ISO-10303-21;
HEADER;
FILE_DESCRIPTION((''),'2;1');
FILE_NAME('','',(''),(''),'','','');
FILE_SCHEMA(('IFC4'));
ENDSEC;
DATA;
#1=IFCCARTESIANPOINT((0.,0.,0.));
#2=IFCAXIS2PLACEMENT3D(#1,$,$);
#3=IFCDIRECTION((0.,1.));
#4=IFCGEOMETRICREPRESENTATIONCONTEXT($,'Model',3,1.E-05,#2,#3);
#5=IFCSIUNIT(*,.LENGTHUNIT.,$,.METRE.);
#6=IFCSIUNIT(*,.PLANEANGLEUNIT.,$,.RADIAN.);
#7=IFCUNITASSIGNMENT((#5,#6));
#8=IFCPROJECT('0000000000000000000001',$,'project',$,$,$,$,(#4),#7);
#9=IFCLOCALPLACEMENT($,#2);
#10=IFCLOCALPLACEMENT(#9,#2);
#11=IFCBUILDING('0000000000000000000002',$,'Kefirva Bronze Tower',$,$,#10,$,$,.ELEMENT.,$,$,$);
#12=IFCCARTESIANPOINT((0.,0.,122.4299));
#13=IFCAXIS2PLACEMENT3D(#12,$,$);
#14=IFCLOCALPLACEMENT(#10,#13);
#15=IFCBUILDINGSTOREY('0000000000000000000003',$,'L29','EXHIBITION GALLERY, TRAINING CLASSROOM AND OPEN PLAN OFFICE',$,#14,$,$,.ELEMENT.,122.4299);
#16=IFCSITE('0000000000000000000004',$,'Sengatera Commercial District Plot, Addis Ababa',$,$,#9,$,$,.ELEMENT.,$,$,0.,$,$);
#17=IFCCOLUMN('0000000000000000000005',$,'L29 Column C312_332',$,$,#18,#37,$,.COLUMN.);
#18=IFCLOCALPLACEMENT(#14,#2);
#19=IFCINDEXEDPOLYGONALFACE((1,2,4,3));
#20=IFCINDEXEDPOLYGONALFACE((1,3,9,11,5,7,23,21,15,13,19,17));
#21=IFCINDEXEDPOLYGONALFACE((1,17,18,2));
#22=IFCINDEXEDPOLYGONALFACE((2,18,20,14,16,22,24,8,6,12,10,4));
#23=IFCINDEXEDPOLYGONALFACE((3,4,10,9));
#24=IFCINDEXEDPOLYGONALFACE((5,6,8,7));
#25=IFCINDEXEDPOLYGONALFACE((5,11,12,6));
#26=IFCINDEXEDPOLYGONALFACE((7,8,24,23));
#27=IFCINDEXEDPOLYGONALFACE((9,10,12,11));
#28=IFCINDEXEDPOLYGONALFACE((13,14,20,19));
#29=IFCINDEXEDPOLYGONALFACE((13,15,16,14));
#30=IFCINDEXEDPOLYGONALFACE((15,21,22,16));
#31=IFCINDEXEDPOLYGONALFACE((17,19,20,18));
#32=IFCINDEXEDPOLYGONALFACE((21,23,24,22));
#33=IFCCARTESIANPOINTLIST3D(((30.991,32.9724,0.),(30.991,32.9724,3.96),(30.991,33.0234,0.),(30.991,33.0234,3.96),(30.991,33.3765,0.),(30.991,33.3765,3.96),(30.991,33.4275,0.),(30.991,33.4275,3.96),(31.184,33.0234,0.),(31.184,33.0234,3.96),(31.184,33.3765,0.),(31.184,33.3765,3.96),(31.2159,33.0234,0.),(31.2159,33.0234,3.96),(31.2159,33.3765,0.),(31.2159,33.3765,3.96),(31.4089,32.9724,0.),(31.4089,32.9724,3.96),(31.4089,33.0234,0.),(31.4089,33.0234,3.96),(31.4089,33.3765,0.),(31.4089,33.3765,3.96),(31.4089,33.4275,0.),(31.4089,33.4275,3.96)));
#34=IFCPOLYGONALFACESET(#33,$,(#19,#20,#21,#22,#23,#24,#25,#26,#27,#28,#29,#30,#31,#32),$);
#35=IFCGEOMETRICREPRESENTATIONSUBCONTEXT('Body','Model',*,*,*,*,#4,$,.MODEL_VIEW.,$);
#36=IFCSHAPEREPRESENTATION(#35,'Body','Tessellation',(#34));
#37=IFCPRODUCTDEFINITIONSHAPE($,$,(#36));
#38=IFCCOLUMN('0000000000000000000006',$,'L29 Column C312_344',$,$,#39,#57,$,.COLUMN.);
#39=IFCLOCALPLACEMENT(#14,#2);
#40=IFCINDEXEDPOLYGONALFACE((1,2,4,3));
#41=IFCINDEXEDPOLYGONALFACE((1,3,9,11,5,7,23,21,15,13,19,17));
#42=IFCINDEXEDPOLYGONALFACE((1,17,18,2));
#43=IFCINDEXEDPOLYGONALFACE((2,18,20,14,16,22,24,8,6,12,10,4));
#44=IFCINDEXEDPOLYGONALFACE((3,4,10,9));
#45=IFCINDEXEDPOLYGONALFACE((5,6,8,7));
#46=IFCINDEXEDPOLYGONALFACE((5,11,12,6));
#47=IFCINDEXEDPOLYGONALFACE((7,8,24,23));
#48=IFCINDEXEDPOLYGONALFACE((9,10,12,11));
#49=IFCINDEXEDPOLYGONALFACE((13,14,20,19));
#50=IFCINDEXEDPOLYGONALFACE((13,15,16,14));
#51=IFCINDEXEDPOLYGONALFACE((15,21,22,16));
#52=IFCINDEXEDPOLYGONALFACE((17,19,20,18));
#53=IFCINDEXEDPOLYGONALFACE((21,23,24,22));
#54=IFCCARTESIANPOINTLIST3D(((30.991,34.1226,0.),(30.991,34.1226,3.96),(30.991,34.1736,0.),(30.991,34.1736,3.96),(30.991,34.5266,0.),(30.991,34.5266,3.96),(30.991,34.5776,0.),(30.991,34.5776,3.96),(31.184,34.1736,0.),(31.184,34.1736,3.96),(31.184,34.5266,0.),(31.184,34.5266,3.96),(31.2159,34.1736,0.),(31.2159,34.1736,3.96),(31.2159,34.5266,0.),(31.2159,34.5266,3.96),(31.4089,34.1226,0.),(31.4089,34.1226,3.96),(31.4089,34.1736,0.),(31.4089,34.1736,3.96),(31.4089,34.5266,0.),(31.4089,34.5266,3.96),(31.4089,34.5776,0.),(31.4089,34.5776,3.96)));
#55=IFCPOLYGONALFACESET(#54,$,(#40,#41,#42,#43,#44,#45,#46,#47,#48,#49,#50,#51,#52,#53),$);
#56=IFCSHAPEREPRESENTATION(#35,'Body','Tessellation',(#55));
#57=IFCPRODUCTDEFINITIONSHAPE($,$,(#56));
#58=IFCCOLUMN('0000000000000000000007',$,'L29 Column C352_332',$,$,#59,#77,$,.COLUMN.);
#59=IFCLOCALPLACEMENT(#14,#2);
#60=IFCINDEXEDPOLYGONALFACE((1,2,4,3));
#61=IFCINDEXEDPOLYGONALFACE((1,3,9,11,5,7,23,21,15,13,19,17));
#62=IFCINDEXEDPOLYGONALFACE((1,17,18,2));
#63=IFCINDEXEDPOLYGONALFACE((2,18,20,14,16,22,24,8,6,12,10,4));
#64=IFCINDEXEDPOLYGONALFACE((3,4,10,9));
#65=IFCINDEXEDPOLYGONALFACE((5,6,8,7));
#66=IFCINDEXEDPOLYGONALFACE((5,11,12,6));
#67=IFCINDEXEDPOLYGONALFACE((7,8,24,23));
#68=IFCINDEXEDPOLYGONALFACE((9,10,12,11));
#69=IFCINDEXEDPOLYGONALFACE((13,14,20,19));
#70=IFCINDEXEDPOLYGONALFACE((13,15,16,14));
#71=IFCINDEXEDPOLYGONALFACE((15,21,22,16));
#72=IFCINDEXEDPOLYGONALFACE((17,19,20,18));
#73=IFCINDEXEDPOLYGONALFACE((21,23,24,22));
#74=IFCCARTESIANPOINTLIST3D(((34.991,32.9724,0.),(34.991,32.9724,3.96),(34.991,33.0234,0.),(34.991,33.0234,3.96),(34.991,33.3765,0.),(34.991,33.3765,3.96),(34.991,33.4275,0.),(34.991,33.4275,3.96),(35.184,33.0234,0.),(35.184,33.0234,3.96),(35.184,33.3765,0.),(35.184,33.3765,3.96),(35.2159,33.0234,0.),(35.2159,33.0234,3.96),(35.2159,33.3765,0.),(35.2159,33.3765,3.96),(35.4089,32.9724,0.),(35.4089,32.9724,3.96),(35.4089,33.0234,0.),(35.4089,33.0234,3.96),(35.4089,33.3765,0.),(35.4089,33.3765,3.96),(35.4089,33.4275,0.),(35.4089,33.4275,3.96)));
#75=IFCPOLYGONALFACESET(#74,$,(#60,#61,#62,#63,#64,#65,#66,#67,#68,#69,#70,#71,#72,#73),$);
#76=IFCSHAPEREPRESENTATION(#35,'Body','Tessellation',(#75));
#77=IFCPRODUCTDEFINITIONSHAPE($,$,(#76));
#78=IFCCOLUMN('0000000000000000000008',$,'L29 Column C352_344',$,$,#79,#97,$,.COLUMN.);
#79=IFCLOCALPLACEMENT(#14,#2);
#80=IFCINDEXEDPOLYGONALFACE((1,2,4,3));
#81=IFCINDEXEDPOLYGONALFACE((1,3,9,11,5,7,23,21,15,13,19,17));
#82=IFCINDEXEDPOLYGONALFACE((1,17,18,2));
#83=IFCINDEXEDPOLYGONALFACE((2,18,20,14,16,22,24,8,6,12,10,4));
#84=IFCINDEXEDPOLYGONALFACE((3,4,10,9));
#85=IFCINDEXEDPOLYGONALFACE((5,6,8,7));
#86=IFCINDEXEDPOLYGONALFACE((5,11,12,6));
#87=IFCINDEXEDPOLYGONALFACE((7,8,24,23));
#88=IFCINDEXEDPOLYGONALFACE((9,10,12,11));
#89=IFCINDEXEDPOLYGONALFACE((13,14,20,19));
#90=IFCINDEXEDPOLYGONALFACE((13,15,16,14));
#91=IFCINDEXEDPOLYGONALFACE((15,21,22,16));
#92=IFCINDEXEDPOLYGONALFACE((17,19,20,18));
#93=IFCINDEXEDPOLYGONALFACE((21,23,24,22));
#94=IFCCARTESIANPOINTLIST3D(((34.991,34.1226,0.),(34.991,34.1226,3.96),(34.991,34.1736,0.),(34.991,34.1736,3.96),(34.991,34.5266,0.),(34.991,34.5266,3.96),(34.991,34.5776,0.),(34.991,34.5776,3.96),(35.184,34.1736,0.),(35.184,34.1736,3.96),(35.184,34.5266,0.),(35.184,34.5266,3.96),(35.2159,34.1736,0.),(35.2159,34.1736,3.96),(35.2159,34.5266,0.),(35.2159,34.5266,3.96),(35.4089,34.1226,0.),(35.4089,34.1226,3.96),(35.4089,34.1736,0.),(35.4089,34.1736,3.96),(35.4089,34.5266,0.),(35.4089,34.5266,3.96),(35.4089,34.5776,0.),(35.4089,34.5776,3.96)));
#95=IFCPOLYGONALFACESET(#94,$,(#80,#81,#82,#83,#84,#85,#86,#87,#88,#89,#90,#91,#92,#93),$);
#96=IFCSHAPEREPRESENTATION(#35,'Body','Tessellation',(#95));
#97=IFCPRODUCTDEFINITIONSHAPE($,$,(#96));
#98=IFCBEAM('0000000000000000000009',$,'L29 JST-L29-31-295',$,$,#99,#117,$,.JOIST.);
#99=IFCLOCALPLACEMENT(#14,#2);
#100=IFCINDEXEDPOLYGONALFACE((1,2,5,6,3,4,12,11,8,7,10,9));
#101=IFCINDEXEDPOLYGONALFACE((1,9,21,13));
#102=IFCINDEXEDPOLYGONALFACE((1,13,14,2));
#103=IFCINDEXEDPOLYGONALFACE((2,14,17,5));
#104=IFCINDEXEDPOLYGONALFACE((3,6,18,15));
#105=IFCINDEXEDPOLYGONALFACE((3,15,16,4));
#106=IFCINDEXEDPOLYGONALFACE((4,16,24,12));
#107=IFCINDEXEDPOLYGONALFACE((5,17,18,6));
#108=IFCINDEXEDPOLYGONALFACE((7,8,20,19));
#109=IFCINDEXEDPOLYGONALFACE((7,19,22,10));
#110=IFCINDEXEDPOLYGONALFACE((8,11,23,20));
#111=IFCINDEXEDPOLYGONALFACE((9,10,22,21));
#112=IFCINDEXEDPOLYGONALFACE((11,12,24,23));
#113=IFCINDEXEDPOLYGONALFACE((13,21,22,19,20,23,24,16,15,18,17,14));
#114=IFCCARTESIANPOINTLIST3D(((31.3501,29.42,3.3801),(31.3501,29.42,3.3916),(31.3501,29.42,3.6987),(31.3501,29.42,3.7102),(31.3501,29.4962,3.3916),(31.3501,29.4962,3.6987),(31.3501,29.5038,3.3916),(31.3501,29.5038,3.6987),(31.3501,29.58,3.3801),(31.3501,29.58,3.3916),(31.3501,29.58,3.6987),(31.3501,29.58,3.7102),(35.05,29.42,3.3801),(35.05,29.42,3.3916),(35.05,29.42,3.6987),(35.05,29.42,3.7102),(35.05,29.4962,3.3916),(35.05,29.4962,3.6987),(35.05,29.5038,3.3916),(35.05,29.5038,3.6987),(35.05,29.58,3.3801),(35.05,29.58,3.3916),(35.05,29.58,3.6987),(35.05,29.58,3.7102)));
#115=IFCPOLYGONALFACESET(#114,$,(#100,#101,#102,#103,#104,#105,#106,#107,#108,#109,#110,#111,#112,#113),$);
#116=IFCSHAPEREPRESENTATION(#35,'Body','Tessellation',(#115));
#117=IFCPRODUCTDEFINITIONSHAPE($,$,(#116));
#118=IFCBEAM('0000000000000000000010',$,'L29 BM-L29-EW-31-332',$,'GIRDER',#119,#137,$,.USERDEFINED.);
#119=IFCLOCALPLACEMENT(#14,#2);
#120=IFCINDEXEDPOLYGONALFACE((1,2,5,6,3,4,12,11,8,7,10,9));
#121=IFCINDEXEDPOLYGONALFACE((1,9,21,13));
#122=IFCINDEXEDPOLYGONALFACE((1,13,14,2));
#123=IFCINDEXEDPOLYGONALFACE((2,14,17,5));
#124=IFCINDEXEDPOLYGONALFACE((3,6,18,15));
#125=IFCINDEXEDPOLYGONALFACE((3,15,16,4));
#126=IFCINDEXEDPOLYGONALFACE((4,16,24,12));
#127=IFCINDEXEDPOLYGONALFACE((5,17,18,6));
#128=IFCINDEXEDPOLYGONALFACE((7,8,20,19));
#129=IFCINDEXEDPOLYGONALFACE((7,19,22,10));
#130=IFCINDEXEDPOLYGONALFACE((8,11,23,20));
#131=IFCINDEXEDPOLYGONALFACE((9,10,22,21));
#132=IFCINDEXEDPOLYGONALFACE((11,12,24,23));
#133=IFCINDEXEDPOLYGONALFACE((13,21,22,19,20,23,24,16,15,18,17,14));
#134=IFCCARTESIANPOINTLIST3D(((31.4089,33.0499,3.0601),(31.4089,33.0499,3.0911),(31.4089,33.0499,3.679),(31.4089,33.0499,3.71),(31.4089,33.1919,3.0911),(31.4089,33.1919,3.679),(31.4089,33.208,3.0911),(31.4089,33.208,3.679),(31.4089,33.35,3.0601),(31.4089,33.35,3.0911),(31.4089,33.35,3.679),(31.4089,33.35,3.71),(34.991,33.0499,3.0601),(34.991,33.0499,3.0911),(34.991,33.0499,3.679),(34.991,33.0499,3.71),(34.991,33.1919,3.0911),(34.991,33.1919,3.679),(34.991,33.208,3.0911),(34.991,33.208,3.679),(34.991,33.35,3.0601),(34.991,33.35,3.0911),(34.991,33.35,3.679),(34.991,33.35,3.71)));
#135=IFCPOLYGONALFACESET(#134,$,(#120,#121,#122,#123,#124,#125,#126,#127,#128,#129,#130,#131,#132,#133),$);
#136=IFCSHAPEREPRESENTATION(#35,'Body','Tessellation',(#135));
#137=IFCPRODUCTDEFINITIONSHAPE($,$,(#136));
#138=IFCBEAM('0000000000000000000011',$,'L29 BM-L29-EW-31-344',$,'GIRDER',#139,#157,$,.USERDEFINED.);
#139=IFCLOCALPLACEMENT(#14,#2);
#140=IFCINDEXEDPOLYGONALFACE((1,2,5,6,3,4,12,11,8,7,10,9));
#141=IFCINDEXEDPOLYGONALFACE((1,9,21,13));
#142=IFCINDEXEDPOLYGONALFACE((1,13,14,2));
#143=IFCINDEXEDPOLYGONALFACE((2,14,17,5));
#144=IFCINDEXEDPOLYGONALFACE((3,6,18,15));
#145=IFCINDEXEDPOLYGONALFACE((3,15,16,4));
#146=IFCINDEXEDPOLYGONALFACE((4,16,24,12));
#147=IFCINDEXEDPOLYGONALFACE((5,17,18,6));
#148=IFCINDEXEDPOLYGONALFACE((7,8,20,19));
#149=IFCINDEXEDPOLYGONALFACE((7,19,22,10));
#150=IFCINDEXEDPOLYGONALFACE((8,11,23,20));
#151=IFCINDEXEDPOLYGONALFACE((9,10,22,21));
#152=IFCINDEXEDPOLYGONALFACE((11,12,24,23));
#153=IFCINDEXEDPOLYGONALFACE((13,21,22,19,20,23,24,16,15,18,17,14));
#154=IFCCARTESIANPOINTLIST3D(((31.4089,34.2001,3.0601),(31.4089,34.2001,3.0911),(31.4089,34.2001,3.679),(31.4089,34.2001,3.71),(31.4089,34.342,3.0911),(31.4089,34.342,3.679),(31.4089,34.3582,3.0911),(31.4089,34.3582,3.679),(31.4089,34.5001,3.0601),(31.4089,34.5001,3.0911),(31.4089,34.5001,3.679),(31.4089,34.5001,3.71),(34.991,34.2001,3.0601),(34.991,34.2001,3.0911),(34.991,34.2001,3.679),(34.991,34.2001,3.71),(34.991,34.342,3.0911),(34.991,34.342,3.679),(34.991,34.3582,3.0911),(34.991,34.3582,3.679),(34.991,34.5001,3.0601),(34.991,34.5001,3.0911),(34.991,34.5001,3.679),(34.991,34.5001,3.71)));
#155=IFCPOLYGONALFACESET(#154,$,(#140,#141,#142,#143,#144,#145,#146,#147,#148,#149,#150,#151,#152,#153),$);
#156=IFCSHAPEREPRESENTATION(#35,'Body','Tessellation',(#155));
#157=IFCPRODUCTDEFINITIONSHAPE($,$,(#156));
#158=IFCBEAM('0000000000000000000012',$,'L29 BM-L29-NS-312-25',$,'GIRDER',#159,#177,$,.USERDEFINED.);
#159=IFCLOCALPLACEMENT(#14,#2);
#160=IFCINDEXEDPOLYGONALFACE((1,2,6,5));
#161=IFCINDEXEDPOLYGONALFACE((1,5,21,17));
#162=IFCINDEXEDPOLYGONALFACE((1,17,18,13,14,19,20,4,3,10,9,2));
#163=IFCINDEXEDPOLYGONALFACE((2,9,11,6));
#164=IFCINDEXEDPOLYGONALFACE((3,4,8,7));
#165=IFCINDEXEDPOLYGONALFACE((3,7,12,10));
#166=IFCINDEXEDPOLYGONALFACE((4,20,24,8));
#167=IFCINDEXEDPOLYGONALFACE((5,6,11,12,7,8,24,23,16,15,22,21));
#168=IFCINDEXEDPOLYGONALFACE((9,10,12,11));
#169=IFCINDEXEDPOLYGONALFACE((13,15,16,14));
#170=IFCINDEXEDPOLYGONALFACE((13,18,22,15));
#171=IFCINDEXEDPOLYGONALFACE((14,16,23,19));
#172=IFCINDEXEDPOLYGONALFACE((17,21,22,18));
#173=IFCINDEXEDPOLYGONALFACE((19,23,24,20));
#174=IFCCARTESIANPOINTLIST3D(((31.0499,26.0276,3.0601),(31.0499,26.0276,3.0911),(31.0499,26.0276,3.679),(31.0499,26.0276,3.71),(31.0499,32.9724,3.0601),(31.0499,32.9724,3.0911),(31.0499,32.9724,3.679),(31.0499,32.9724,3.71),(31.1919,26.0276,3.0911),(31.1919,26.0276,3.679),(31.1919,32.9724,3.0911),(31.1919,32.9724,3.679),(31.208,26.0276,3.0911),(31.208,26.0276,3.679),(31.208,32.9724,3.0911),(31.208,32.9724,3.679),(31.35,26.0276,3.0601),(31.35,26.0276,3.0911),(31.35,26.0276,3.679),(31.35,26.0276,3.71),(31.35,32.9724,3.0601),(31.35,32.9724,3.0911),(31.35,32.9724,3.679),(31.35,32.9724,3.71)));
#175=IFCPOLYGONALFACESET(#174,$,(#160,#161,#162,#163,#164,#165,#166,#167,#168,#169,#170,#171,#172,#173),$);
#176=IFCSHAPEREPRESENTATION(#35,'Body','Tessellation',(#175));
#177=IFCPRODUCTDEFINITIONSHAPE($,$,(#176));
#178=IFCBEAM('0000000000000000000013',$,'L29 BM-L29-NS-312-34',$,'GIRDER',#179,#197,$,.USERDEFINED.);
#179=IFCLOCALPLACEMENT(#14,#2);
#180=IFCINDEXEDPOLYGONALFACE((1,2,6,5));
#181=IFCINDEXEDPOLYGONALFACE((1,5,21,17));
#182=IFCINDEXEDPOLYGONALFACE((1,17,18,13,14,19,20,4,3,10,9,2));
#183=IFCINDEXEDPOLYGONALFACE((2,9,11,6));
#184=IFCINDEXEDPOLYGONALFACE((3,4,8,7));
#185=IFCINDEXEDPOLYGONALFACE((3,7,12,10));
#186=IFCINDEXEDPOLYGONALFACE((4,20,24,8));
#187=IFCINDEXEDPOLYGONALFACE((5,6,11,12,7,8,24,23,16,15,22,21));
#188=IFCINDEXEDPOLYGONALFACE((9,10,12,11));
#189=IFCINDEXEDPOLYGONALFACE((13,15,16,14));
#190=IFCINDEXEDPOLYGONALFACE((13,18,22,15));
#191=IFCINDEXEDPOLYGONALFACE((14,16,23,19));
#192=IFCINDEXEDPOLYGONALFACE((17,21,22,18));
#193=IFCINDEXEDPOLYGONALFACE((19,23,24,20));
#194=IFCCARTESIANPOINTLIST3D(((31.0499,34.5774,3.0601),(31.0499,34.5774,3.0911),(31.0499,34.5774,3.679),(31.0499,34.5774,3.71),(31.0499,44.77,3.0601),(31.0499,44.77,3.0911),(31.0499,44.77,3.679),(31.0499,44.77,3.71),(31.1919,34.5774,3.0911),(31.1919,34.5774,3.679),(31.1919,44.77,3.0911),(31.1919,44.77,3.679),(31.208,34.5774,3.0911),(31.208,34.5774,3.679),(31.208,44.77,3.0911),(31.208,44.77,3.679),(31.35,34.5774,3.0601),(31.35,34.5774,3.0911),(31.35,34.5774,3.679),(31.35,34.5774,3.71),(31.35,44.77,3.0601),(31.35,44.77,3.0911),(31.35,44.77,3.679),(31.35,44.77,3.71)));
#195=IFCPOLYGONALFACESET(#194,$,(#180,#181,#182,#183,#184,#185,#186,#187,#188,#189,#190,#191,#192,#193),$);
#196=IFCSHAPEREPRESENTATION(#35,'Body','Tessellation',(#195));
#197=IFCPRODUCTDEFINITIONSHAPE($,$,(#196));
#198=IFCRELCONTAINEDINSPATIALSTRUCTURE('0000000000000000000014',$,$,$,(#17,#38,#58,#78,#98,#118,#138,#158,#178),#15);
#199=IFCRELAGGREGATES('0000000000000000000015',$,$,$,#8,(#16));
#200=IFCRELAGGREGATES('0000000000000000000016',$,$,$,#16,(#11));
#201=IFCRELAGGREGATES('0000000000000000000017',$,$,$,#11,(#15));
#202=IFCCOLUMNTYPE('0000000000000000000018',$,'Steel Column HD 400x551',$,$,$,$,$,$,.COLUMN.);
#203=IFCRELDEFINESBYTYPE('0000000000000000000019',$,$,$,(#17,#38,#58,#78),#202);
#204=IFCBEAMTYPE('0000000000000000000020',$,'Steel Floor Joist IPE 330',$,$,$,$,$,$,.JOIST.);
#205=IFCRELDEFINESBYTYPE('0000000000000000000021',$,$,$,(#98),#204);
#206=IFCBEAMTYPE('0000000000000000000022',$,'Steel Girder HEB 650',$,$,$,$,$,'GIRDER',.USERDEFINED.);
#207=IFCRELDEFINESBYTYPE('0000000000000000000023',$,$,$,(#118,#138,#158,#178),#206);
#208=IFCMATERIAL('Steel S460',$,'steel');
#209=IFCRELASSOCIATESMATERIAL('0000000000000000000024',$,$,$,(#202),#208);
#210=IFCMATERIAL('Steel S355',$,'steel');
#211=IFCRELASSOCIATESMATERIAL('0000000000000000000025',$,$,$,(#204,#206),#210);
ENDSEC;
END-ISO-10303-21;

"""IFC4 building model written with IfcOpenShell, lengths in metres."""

from ifc_helpers import new_model, si_unit, direction, frame, origin, origin_2d, place, context, subcontext, project, spatial, i_section, extrude, material, material_profile, profile_set, type_object, element, save


model = new_model("IFC4")

# Units and contexts
model_context = context("Model", 3, precision=1e-05, world=origin(), true_north=direction((0.0, 1.0)))
body_context = subcontext(model_context, "Body", "Model", "MODEL_VIEW")
ifc_project = project(units=[si_unit("LENGTHUNIT", "METRE"), si_unit("PLANEANGLEUNIT", "RADIAN")], contexts=[model_context])

# Site, building, storey
site_placement = place(None, origin())
site = spatial("IfcSite", under=ifc_project, at=site_placement, Name="Sengatera Commercial District Plot, Addis Ababa", CompositionType="ELEMENT", RefElevation=0.0)
building_placement = place(site_placement, origin())
building = spatial("IfcBuilding", under=site, at=building_placement, Name="Kefirva Bronze Tower", CompositionType="ELEMENT")
storey_placement = place(building_placement, frame((0.0, 0.0, 122.4299)))
storey = spatial("IfcBuildingStorey", under=building, at=storey_placement, Name="L29", Description="EXHIBITION GALLERY, TRAINING CLASSROOM AND OPEN PLAN OFFICE", CompositionType="ELEMENT", Elevation=122.4299)

# Columns
ifc_material_1 = material(Name="Steel S460", Category="steel")
ifc_material_profile_1 = material_profile(ifc_material_1, i_section(OverallWidth=0.418, OverallDepth=0.4551, WebThickness=0.032, FlangeThickness=0.051, at=origin_2d()), Name="HD 400x551")
ifc_profile_set_1 = profile_set([ifc_material_profile_1], Name="Steel S460")
column_type = type_object("IfcColumnType", Name="Steel Column HD 400x551", PredefinedType="COLUMN", material=ifc_profile_set_1)
for number, where, z_axis, x_axis, name in (
    (1, (31.2, 33.2, 0.0), (0.0, 0.0, 1.0), (1.0, 0.0, 0.0), "L29 Column C312_332"),
    (2, (31.2, 34.3501, 0.0), (0.0, 0.0, 1.0), (1.0, 0.0, 0.0), "L29 Column C312_344"),
    (3, (35.2, 33.2, 0.0), (0.0, 0.0, 1.0), (1.0, 0.0, 0.0), "L29 Column C352_332"),
    (4, (35.2, 34.3501, 0.0), (0.0, 0.0, 1.0), (1.0, 0.0, 0.0), "L29 Column C352_344"),
):
    element("IfcColumn", number, at=place(storey_placement, frame(where, z_axis=z_axis, x_axis=x_axis)), inside=storey, type_object=column_type, Name=name, PredefinedType="COLUMN", context=body_context, shape_type="SweptSolid", body=[
        extrude(i_section(OverallWidth=0.418, OverallDepth=0.4551, WebThickness=0.032, FlangeThickness=0.051, at=origin_2d()), origin(), (0.0, 0.0, 1.0), 3.96),
    ])

# Beams
ifc_material_2 = material(Name="Steel S355", Category="steel")
ifc_material_profile_2 = material_profile(ifc_material_2, i_section(OverallWidth=0.1599, OverallDepth=0.3301, WebThickness=0.0076, FlangeThickness=0.0115, at=origin_2d()), Name="IPE 330")
ifc_profile_set_2 = profile_set([ifc_material_profile_2], Name="Steel S355")
beam_type_1 = type_object("IfcBeamType", Name="Steel Floor Joist IPE 330", PredefinedType="JOIST", material=ifc_profile_set_2)
beam_1_placement = place(storey_placement, frame((31.3501, 29.5, 3.5452), z_axis=(1.0, 0.0, 0.0), x_axis=(0.0, 1.0, 0.0)))
element("IfcBeam", 5, at=beam_1_placement, inside=storey, type_object=beam_type_1, Name="L29 JST-L29-31-295", PredefinedType="JOIST", context=body_context, shape_type="SweptSolid", body=[
    extrude(i_section(OverallWidth=0.1599, OverallDepth=0.3301, WebThickness=0.0076, FlangeThickness=0.0115, at=origin_2d()), origin(), (0.0, 0.0, 1.0), 3.7),
])
ifc_material_profile_3 = material_profile(ifc_material_2, i_section(OverallWidth=0.3, OverallDepth=0.6499, WebThickness=0.0161, FlangeThickness=0.031, at=origin_2d()), Name="HEB 650")
ifc_profile_set_3 = profile_set([ifc_material_profile_3], Name="Steel S355")
beam_type_2 = type_object("IfcBeamType", Name="Steel Girder HEB 650", ElementType="GIRDER", PredefinedType="USERDEFINED", material=ifc_profile_set_3)
for number, where, z_axis, x_axis, name in (
    (6, (31.4089, 33.2, 3.385), (1.0, 0.0, 0.0), (0.0, 1.0, 0.0), "L29 BM-L29-EW-31-332"),
    (7, (31.4089, 34.3501, 3.385), (1.0, 0.0, 0.0), (0.0, 1.0, 0.0), "L29 BM-L29-EW-31-344"),
):
    element("IfcBeam", number, at=place(storey_placement, frame(where, z_axis=z_axis, x_axis=x_axis)), inside=storey, type_object=beam_type_2, Name=name, ObjectType="GIRDER", PredefinedType="USERDEFINED", context=body_context, shape_type="SweptSolid", body=[
        extrude(i_section(OverallWidth=0.3, OverallDepth=0.6499, WebThickness=0.0161, FlangeThickness=0.031, at=origin_2d()), origin(), (0.0, 0.0, 1.0), 3.582),
    ])
beam_2_placement = place(storey_placement, frame((31.2, 26.0276, 3.385), z_axis=(0.0, 1.0, 0.0), x_axis=(-1.0, 0.0, 0.0)))
element("IfcBeam", 8, at=beam_2_placement, inside=storey, type_object=beam_type_2, Name="L29 BM-L29-NS-312-25", ObjectType="GIRDER", PredefinedType="USERDEFINED", context=body_context, shape_type="SweptSolid", body=[
    extrude(i_section(OverallWidth=0.3, OverallDepth=0.6499, WebThickness=0.0161, FlangeThickness=0.031, at=origin_2d()), origin(), (0.0, 0.0, 1.0), 6.9448),
])
beam_3_placement = place(storey_placement, frame((31.2, 34.5774, 3.385), z_axis=(0.0, 1.0, 0.0), x_axis=(-1.0, 0.0, 0.0)))
element("IfcBeam", 9, at=beam_3_placement, inside=storey, type_object=beam_type_2, Name="L29 BM-L29-NS-312-34", ObjectType="GIRDER", PredefinedType="USERDEFINED", context=body_context, shape_type="SweptSolid", body=[
    extrude(i_section(OverallWidth=0.3, OverallDepth=0.6499, WebThickness=0.0161, FlangeThickness=0.031, at=origin_2d()), origin(), (0.0, 0.0, 1.0), 10.1926),
])

save(model, "model.ifc")
